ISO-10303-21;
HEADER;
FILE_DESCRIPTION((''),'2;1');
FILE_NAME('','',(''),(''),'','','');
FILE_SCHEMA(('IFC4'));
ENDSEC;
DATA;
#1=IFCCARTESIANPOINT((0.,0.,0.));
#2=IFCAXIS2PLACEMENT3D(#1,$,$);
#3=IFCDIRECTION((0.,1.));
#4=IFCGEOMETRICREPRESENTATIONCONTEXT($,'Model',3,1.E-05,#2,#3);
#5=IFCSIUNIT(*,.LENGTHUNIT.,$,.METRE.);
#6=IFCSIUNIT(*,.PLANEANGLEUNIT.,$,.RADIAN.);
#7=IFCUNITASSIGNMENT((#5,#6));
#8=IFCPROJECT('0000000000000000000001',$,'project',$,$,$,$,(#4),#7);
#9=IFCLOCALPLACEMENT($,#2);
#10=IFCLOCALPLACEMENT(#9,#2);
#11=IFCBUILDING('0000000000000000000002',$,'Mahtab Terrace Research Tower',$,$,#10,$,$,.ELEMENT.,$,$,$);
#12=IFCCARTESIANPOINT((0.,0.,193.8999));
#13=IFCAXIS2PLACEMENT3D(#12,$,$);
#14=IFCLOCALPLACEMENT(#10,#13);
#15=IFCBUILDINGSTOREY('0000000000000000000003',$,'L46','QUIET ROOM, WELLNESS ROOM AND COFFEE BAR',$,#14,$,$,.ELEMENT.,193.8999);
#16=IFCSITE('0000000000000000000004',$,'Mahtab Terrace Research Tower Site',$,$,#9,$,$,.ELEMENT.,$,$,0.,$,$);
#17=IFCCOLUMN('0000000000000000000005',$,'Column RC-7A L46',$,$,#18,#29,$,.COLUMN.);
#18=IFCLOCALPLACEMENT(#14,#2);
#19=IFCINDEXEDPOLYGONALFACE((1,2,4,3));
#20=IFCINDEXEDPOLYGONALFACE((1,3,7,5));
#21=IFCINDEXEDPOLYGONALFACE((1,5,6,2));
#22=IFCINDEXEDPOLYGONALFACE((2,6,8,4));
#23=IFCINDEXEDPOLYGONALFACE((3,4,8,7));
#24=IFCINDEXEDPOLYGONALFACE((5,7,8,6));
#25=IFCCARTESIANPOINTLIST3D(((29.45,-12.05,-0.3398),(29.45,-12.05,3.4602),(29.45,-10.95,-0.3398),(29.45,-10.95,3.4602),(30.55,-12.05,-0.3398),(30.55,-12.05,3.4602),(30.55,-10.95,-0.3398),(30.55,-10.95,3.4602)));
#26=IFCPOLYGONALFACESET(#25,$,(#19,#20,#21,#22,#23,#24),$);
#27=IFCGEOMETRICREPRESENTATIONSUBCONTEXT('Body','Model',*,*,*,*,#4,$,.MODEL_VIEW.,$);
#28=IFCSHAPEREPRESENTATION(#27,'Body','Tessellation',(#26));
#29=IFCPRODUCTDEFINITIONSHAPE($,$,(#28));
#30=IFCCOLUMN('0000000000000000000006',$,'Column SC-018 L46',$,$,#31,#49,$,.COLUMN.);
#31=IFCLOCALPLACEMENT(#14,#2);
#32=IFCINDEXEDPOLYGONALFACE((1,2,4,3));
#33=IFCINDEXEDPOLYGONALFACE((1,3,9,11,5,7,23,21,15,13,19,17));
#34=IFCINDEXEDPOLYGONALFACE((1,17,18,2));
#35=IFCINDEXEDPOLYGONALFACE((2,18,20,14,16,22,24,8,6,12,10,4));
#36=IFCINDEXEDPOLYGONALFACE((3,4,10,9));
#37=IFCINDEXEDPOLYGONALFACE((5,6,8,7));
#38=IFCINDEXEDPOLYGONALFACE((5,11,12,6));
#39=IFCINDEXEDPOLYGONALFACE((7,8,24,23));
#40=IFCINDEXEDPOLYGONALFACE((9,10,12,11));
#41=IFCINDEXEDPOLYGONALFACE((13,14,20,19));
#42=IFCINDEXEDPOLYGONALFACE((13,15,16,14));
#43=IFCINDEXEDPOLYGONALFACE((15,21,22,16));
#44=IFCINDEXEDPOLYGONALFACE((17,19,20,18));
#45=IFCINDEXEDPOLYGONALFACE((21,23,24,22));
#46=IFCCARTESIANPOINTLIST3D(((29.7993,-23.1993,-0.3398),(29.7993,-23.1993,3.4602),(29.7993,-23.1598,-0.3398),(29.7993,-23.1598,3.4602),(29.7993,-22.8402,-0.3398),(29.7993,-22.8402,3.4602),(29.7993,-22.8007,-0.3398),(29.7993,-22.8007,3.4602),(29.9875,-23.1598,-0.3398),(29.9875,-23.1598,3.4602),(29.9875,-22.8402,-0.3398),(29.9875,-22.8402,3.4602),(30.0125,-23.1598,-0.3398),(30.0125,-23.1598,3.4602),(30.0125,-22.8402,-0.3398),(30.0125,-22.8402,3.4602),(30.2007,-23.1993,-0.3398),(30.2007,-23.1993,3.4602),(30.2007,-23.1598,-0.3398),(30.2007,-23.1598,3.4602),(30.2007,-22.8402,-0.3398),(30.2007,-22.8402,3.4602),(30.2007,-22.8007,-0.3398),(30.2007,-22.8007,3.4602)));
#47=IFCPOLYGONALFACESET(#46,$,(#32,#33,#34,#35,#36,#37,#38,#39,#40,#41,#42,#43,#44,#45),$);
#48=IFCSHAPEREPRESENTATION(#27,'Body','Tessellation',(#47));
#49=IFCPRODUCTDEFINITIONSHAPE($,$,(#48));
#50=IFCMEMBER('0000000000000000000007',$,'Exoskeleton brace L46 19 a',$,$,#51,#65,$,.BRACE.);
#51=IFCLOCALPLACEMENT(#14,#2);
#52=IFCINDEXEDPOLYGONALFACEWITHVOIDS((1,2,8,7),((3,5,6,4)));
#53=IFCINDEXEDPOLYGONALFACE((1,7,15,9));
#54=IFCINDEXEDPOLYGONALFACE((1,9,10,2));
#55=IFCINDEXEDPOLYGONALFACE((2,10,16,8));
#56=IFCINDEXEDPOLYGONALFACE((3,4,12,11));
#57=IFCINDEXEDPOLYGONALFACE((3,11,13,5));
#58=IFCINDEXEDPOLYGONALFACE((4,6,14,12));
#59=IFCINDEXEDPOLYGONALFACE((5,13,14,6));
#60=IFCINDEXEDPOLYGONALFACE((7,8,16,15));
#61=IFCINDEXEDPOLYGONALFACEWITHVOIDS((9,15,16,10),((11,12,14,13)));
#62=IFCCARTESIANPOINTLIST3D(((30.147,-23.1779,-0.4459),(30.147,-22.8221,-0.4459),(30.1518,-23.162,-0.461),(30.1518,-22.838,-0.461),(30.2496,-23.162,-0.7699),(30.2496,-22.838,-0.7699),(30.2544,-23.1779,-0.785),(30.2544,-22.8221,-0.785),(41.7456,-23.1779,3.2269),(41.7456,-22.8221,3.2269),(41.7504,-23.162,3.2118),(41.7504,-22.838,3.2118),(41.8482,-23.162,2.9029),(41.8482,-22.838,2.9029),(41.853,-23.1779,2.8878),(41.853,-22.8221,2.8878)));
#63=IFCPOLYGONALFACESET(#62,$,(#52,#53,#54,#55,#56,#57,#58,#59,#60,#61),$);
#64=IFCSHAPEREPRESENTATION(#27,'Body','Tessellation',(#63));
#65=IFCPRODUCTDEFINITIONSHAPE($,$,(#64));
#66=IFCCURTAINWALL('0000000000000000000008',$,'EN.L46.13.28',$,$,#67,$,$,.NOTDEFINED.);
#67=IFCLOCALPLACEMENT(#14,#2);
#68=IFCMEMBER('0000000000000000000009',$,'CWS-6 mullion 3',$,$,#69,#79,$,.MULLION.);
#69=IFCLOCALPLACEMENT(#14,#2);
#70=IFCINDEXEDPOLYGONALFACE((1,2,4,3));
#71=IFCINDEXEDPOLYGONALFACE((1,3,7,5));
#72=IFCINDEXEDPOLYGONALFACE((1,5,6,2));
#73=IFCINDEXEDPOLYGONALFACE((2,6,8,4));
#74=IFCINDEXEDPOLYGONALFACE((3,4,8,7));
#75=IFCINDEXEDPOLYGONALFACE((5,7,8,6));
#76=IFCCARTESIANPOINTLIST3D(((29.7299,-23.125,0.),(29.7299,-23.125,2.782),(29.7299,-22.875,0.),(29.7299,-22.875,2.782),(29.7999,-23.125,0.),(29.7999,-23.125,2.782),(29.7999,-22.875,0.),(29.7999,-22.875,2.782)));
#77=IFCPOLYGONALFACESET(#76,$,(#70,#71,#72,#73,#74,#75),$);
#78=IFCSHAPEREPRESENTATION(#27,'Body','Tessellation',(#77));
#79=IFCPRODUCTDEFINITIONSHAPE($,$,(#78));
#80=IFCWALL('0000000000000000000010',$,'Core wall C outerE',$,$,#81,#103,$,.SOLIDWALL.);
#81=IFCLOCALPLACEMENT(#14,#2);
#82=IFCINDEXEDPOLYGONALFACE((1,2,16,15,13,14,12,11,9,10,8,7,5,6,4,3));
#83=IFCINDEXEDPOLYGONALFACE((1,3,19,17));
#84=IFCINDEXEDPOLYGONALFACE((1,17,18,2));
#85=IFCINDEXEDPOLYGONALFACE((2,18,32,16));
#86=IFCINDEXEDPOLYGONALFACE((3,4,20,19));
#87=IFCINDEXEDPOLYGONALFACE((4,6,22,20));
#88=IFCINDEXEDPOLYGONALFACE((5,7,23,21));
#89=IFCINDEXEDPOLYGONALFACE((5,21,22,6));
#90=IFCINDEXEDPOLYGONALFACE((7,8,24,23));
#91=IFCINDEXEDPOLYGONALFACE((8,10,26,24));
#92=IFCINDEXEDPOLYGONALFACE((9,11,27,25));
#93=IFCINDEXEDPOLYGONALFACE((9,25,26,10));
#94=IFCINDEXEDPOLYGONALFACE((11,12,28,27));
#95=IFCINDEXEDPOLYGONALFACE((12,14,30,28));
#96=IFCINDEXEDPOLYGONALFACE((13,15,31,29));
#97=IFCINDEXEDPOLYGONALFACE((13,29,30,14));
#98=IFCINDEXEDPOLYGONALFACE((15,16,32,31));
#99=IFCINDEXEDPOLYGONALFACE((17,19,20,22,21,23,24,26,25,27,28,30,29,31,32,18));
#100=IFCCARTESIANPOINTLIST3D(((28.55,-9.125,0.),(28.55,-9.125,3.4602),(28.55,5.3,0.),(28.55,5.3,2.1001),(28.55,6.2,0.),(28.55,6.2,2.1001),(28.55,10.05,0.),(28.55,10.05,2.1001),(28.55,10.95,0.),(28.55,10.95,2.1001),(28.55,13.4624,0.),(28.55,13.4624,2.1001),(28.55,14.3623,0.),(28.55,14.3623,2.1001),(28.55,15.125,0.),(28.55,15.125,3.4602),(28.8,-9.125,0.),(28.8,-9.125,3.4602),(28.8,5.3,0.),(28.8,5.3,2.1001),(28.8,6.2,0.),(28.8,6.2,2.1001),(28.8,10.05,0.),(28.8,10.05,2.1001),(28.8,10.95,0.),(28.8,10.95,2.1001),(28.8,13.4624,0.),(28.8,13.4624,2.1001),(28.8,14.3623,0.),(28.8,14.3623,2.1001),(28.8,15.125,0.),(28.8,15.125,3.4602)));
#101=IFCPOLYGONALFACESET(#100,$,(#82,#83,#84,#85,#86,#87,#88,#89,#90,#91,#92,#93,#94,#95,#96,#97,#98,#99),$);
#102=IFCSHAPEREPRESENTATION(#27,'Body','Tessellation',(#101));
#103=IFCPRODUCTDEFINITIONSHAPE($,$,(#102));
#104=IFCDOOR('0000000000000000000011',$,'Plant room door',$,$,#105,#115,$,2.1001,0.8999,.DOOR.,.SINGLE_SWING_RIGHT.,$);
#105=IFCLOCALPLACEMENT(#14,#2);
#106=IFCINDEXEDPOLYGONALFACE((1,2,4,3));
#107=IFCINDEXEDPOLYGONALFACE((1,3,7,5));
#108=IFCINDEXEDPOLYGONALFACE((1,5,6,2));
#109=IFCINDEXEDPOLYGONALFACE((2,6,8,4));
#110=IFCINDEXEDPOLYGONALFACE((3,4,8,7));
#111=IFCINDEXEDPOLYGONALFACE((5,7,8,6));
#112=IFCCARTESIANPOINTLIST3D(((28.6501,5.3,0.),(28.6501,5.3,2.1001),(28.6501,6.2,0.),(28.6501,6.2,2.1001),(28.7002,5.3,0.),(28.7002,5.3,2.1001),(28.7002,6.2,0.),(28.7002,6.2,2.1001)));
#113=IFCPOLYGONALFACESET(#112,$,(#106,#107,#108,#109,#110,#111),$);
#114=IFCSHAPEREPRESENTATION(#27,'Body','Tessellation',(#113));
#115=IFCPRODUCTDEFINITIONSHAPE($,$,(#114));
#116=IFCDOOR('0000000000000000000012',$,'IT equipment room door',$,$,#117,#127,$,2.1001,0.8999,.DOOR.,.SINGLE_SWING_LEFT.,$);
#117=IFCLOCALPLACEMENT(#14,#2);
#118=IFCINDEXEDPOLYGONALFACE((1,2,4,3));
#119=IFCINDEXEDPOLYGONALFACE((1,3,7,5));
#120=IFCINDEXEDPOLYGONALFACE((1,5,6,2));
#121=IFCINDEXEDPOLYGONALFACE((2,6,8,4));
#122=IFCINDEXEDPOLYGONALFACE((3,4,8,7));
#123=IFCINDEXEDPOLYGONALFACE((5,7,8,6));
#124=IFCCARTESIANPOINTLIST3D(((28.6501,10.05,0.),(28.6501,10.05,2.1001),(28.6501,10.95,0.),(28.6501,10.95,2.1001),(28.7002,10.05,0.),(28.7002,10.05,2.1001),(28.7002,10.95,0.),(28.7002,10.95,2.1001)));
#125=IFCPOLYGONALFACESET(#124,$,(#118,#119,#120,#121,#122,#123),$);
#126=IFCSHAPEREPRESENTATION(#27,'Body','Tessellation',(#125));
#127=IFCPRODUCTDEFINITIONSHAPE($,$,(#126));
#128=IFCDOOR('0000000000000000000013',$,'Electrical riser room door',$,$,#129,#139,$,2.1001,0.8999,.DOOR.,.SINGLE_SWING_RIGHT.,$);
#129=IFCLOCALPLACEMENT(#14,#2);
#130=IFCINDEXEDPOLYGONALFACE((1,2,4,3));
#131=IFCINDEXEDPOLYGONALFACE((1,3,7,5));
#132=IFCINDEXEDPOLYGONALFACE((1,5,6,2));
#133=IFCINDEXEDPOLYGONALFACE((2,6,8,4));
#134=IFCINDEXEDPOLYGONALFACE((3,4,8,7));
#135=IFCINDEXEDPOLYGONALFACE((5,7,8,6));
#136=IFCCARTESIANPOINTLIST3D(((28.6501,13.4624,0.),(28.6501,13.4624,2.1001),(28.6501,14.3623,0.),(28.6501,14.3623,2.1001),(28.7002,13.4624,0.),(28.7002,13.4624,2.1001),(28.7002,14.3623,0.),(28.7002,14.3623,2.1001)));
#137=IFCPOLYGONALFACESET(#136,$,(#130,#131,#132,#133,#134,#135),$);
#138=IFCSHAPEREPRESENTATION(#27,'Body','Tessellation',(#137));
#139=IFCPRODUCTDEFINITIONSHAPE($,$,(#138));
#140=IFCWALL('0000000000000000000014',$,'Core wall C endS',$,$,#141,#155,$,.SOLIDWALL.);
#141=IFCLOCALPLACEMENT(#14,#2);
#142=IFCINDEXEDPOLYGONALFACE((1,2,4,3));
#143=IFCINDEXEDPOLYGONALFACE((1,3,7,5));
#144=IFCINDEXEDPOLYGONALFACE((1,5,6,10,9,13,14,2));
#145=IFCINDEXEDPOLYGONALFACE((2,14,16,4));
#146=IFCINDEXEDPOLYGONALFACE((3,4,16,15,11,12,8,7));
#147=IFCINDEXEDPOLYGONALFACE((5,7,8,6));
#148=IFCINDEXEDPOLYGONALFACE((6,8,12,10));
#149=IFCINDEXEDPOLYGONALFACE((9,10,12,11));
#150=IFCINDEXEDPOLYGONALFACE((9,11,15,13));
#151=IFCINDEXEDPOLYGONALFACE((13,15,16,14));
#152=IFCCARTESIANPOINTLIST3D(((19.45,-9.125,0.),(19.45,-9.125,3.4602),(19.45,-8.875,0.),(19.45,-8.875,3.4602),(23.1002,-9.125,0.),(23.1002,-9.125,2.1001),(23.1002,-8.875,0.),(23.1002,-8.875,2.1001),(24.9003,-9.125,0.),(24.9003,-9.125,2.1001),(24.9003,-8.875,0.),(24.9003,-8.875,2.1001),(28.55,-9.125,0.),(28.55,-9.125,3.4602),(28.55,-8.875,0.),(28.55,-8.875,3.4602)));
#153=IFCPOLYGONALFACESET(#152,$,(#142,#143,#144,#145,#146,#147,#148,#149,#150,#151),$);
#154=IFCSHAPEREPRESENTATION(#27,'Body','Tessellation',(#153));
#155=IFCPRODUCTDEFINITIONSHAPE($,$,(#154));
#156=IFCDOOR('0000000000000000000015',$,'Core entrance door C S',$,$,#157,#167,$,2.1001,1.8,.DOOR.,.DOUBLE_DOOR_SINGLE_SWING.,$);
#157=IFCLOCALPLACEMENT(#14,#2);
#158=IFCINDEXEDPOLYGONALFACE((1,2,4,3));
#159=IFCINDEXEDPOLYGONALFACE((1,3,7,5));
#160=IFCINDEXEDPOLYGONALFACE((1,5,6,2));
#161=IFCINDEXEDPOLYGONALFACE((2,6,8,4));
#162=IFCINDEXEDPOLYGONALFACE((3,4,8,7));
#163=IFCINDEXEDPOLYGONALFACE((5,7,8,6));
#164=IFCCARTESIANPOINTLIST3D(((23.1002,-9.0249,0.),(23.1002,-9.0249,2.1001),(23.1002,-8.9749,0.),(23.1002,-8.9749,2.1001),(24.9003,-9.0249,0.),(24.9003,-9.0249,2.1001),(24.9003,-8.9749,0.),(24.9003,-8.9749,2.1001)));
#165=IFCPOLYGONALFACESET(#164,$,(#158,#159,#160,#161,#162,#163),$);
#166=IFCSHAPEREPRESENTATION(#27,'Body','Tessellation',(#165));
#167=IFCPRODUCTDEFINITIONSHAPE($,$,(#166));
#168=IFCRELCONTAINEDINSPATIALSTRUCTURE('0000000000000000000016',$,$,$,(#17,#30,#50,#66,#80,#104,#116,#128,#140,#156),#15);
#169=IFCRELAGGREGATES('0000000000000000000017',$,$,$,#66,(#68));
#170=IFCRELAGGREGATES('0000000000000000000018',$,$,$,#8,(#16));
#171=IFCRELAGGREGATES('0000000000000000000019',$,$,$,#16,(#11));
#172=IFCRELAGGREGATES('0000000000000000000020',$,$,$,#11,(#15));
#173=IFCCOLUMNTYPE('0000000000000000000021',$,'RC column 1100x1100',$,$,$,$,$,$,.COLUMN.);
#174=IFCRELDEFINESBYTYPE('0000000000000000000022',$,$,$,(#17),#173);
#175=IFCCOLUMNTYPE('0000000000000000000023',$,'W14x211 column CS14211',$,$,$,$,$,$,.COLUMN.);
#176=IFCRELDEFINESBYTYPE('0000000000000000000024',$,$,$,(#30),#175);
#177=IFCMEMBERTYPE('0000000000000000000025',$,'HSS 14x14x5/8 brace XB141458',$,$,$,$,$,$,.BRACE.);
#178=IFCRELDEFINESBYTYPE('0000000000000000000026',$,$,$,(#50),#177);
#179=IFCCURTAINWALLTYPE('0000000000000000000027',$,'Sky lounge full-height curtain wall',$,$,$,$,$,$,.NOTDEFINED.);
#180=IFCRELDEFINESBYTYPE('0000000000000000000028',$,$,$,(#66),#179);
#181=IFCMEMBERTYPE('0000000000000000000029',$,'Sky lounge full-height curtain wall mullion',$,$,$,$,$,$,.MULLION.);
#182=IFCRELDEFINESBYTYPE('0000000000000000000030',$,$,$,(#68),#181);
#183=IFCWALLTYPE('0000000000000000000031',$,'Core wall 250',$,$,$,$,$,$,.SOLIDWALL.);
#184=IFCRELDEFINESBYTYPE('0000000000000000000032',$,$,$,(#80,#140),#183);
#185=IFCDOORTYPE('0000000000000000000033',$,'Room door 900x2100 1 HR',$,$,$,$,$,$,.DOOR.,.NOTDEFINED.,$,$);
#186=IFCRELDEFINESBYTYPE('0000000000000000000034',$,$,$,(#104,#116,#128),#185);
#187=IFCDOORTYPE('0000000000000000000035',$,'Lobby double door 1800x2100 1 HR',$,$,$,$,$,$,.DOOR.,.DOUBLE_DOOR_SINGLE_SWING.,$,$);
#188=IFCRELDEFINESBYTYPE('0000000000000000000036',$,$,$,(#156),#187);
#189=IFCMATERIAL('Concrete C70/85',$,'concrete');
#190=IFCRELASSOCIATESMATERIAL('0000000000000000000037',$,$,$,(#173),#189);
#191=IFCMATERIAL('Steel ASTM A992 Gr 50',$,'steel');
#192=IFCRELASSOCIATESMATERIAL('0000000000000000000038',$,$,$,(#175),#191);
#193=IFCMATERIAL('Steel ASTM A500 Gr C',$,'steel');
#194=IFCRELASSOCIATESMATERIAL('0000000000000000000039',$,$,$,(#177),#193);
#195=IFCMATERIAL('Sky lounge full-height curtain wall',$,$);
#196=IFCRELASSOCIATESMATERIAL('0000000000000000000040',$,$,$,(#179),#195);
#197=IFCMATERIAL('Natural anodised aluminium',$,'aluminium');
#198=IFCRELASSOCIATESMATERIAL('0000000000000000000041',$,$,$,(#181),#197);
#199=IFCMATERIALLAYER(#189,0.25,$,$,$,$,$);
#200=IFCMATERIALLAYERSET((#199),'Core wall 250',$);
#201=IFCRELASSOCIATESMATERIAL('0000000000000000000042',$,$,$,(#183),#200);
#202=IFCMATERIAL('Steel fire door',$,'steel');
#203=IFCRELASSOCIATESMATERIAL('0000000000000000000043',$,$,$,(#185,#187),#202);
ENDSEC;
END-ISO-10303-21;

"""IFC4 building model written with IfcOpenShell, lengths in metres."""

from ifc_helpers import new_model, si_unit, direction, frame, frame_2d, origin, origin_2d, place, context, subcontext, project, spatial, rectangle, hollow_rectangle, i_section, extrude, material, layer, layer_set, material_profile, profile_set, type_object, element, fill, aggregate, save


model = new_model("IFC4")

# Units and contexts
model_context = context("Model", 3, precision=1e-05, world=origin(), true_north=direction((0.0, 1.0)))
body_context = subcontext(model_context, "Body", "Model", "MODEL_VIEW")
ifc_project = project(units=[si_unit("LENGTHUNIT", "METRE"), si_unit("PLANEANGLEUNIT", "RADIAN")], contexts=[model_context])

# Site, building, storey
site_placement = place(None, origin())
site = spatial("IfcSite", under=ifc_project, at=site_placement, Name="Mahtab Terrace Research Tower Site", CompositionType="ELEMENT", RefElevation=0.0)
building_placement = place(site_placement, origin())
building = spatial("IfcBuilding", under=site, at=building_placement, Name="Mahtab Terrace Research Tower", CompositionType="ELEMENT")
storey_placement = place(building_placement, frame((0.0, 0.0, 193.8999)))
storey = spatial("IfcBuildingStorey", under=building, at=storey_placement, Name="L46", Description="QUIET ROOM, WELLNESS ROOM AND COFFEE BAR", CompositionType="ELEMENT", Elevation=193.8999)

# Columns
ifc_material_1 = material(Name="Concrete C70/85", Category="concrete")
ifc_material_profile_1 = material_profile(ifc_material_1, rectangle(XDim=1.1001, YDim=1.1001, at=origin_2d()), Name="RC column 1100x1100")
ifc_profile_set_1 = profile_set([ifc_material_profile_1], Name="Concrete C70/85")
column_type_1 = type_object("IfcColumnType", Name="RC column 1100x1100", PredefinedType="COLUMN", material=ifc_profile_set_1)
column_1_placement = place(storey_placement, frame((30.0, -11.5, -0.3398), z_axis=(0.0, 0.0, 1.0), x_axis=(1.0, 0.0, 0.0)))
element("IfcColumn", 1, at=column_1_placement, inside=storey, type_object=column_type_1, Name="Column RC-7A L46", PredefinedType="COLUMN", context=body_context, shape_type="SweptSolid", body=[
    extrude(rectangle(XDim=1.1001, YDim=1.1001, at=origin_2d()), origin(), (0.0, 0.0, 1.0), 3.8),
])
ifc_material_2 = material(Name="Steel ASTM A992 Gr 50", Category="steel")
ifc_material_profile_2 = material_profile(ifc_material_2, i_section(OverallWidth=0.4014, OverallDepth=0.3987, WebThickness=0.0249, FlangeThickness=0.0396, at=origin_2d()), Name="W14X211")
ifc_profile_set_2 = profile_set([ifc_material_profile_2], Name="Steel ASTM A992 Gr 50")
column_type_2 = type_object("IfcColumnType", Name="W14x211 column CS14211", PredefinedType="COLUMN", material=ifc_profile_set_2)
column_2_placement = place(storey_placement, frame((30.0, -23.0, -0.3398), z_axis=(0.0, 0.0, 1.0), x_axis=(1.0, 0.0, 0.0)))
element("IfcColumn", 2, at=column_2_placement, inside=storey, type_object=column_type_2, Name="Column SC-018 L46", PredefinedType="COLUMN", context=body_context, shape_type="SweptSolid", body=[
    extrude(i_section(OverallWidth=0.4014, OverallDepth=0.3987, WebThickness=0.0249, FlangeThickness=0.0396, at=origin_2d()), origin(), (0.0, 0.0, 1.0), 3.8),
])

# Member
ifc_material_3 = material(Name="Steel ASTM A500 Gr C", Category="steel")
ifc_material_profile_3 = material_profile(ifc_material_3, hollow_rectangle(XDim=0.3557, YDim=0.3557, WallThickness=0.0159, at=origin_2d()), Name="HSS14X14X5/8")
ifc_profile_set_3 = profile_set([ifc_material_profile_3], Name="Steel ASTM A500 Gr C")
member_type_1 = type_object("IfcMemberType", Name="HSS 14x14x5/8 brace XB141458", PredefinedType="BRACE", material=ifc_profile_set_3)
member_1_placement = place(storey_placement, frame((30.2007, -23.0, -0.6155), z_axis=(0.953343, 0.0, 0.301888), x_axis=(0.0, 1.0, 0.0)))
element("IfcMember", 3, at=member_1_placement, inside=storey, type_object=member_type_1, Name="Exoskeleton brace L46 19 a", PredefinedType="BRACE", context=body_context, shape_type="SweptSolid", body=[
    extrude(hollow_rectangle(XDim=0.3557, YDim=0.3557, WallThickness=0.0159, at=origin_2d()), origin(), (0.0, 0.0, 1.0), 12.1663),
])

# Curtain wall, member
ifc_material_4 = material(Name="Sky lounge full-height curtain wall")
curtain_wall_type = type_object("IfcCurtainWallType", Name="Sky lounge full-height curtain wall", PredefinedType="NOTDEFINED", material=ifc_material_4)
curtain_wall_placement = place(storey_placement, origin())
curtain_wall = element("IfcCurtainWall", 4, at=curtain_wall_placement, inside=storey, type_object=curtain_wall_type, Name="EN.L46.13.28", PredefinedType="NOTDEFINED")
ifc_material_5 = material(Name="Natural anodised aluminium", Category="aluminium")
ifc_material_profile_4 = material_profile(ifc_material_5, rectangle(XDim=0.25, YDim=0.0701, at=origin_2d()), Name="MULLION 70x250")
ifc_profile_set_4 = profile_set([ifc_material_profile_4], Name="Natural anodised aluminium")
member_type_2 = type_object("IfcMemberType", Name="Sky lounge full-height curtain wall mullion", PredefinedType="MULLION", material=ifc_profile_set_4)
member_2_placement = place(storey_placement, frame((29.7649, -23.0, 0.0), z_axis=(0.0, 0.0, 1.0), x_axis=(0.0, 1.0, 0.0)))
member_2 = element("IfcMember", 5, at=member_2_placement, type_object=member_type_2, Name="CWS-6 mullion 3", PredefinedType="MULLION", context=body_context, shape_type="SweptSolid", body=[
    extrude(rectangle(XDim=0.25, YDim=0.0701, at=origin_2d()), origin(), (0.0, 0.0, 1.0), 2.782),
])
aggregate(curtain_wall, [member_2])

# Wall, openings, doors
ifc_layer_1 = layer(ifc_material_1, 0.25)
ifc_layer_set_1 = layer_set([ifc_layer_1], Name="Core wall 250")
wall_type_1 = type_object("IfcWallType", Name="Core wall 250", PredefinedType="SOLIDWALL", material=ifc_layer_set_1)
wall_1_placement = place(storey_placement, frame((28.675, -9.125, 0.0), z_axis=(0.0, 0.0, 1.0), x_axis=(0.0, 1.0, 0.0)))
wall_1 = element("IfcWall", 6, at=wall_1_placement, inside=storey, type_object=wall_type_1, Name="Core wall C outerE", PredefinedType="SOLIDWALL", context=body_context, shape_type="SweptSolid", body=[
    extrude(rectangle(XDim=24.25, YDim=0.25, at=frame_2d((12.125, 0.0))), origin(), (0.0, 0.0, 1.0), 3.4602),
])
opening_1_placement = place(wall_1_placement, frame((14.425, 0.0, 0.0)))
opening_1 = element("IfcOpeningElement", 7, at=opening_1_placement, cuts=wall_1, PredefinedType="OPENING", context=body_context, shape_type="SweptSolid", body=[
    extrude(rectangle(XDim=0.8999, YDim=2.1001, at=frame_2d((0.45, 1.05))), frame((0.0, 0.135, 0.0), z_axis=(0.0, -1.0, 0.0), x_axis=(1.0, 0.0, 0.0)), (0.0, 0.0, 1.0), 0.27),
])
opening_2_placement = place(wall_1_placement, frame((19.175, 0.0, 0.0)))
opening_2 = element("IfcOpeningElement", 8, at=opening_2_placement, cuts=wall_1, PredefinedType="OPENING", context=body_context, shape_type="SweptSolid", body=[
    extrude(rectangle(XDim=0.8999, YDim=2.1001, at=frame_2d((0.45, 1.05))), frame((0.0, 0.135, 0.0), z_axis=(0.0, -1.0, 0.0), x_axis=(1.0, 0.0, 0.0)), (0.0, 0.0, 1.0), 0.27),
])
opening_3_placement = place(wall_1_placement, frame((22.5874, 0.0, 0.0)))
opening_3 = element("IfcOpeningElement", 9, at=opening_3_placement, cuts=wall_1, PredefinedType="OPENING", context=body_context, shape_type="SweptSolid", body=[
    extrude(rectangle(XDim=0.8999, YDim=2.1001, at=frame_2d((0.45, 1.05))), frame((0.0, 0.135, 0.0), z_axis=(0.0, -1.0, 0.0), x_axis=(1.0, 0.0, 0.0)), (0.0, 0.0, 1.0), 0.27),
])
ifc_material_6 = material(Name="Steel fire door", Category="steel")
door_type_1 = type_object("IfcDoorType", Name="Room door 900x2100 1 HR", OperationType="NOTDEFINED", PredefinedType="DOOR", material=ifc_material_6)
door_1_placement = place(opening_1_placement, origin())
door_1 = element("IfcDoor", 10, at=door_1_placement, inside=storey, type_object=door_type_1, Name="Plant room door", OperationType="SINGLE_SWING_RIGHT", OverallHeight=2.1001, OverallWidth=0.8999, PredefinedType="DOOR", context=body_context, shape_type="SweptSolid", body=[
    extrude(rectangle(XDim=0.8999, YDim=2.1001, at=frame_2d((0.45, 1.05))), frame((0.0, 0.0249, 0.0), z_axis=(0.0, -1.0, 0.0), x_axis=(1.0, 0.0, 0.0)), (0.0, 0.0, 1.0), 0.05),
])
fill(opening_1, door_1)
door_2_placement = place(opening_2_placement, origin())
door_2 = element("IfcDoor", 11, at=door_2_placement, inside=storey, type_object=door_type_1, Name="IT equipment room door", OperationType="SINGLE_SWING_LEFT", OverallHeight=2.1001, OverallWidth=0.8999, PredefinedType="DOOR", context=body_context, shape_type="SweptSolid", body=[
    extrude(rectangle(XDim=0.8999, YDim=2.1001, at=frame_2d((0.45, 1.05))), frame((0.0, 0.0249, 0.0), z_axis=(0.0, -1.0, 0.0), x_axis=(1.0, 0.0, 0.0)), (0.0, 0.0, 1.0), 0.05),
])
fill(opening_2, door_2)
door_3_placement = place(opening_3_placement, origin())
door_3 = element("IfcDoor", 12, at=door_3_placement, inside=storey, type_object=door_type_1, Name="Electrical riser room door", OperationType="SINGLE_SWING_RIGHT", OverallHeight=2.1001, OverallWidth=0.8999, PredefinedType="DOOR", context=body_context, shape_type="SweptSolid", body=[
    extrude(rectangle(XDim=0.8999, YDim=2.1001, at=frame_2d((0.45, 1.05))), frame((0.0, 0.0249, 0.0), z_axis=(0.0, -1.0, 0.0), x_axis=(1.0, 0.0, 0.0)), (0.0, 0.0, 1.0), 0.05),
])
fill(opening_3, door_3)

# Wall, opening, door
wall_2_placement = place(storey_placement, frame((28.55, -9.0, 0.0), z_axis=(0.0, 0.0, 1.0), x_axis=(-1.0, 0.0, 0.0)))
wall_2 = element("IfcWall", 13, at=wall_2_placement, inside=storey, type_object=wall_type_1, Name="Core wall C endS", PredefinedType="SOLIDWALL", context=body_context, shape_type="SweptSolid", body=[
    extrude(rectangle(XDim=9.1001, YDim=0.25, at=frame_2d((4.55, 0.0))), origin(), (0.0, 0.0, 1.0), 3.4602),
])
opening_4_placement = place(wall_2_placement, frame((3.6499, 0.0, 0.0)))
opening_4 = element("IfcOpeningElement", 14, at=opening_4_placement, cuts=wall_2, PredefinedType="OPENING", context=body_context, shape_type="SweptSolid", body=[
    extrude(rectangle(XDim=1.8, YDim=2.1001, at=frame_2d((0.8999, 1.05))), frame((0.0, 0.135, 0.0), z_axis=(0.0, -1.0, 0.0), x_axis=(1.0, 0.0, 0.0)), (0.0, 0.0, 1.0), 0.27),
])
door_type_2 = type_object("IfcDoorType", Name="Lobby double door 1800x2100 1 HR", OperationType="DOUBLE_DOOR_SINGLE_SWING", PredefinedType="DOOR", material=ifc_material_6)
door_4_placement = place(opening_4_placement, origin())
door_4 = element("IfcDoor", 15, at=door_4_placement, inside=storey, type_object=door_type_2, Name="Core entrance door C S", OperationType="DOUBLE_DOOR_SINGLE_SWING", OverallHeight=2.1001, OverallWidth=1.8, PredefinedType="DOOR", context=body_context, shape_type="SweptSolid", body=[
    extrude(rectangle(XDim=1.8, YDim=2.1001, at=frame_2d((0.8999, 1.05))), frame((0.0, 0.0249, 0.0), z_axis=(0.0, -1.0, 0.0), x_axis=(1.0, 0.0, 0.0)), (0.0, 0.0, 1.0), 0.05),
])
fill(opening_4, door_4)

save(model, "model.ifc")
